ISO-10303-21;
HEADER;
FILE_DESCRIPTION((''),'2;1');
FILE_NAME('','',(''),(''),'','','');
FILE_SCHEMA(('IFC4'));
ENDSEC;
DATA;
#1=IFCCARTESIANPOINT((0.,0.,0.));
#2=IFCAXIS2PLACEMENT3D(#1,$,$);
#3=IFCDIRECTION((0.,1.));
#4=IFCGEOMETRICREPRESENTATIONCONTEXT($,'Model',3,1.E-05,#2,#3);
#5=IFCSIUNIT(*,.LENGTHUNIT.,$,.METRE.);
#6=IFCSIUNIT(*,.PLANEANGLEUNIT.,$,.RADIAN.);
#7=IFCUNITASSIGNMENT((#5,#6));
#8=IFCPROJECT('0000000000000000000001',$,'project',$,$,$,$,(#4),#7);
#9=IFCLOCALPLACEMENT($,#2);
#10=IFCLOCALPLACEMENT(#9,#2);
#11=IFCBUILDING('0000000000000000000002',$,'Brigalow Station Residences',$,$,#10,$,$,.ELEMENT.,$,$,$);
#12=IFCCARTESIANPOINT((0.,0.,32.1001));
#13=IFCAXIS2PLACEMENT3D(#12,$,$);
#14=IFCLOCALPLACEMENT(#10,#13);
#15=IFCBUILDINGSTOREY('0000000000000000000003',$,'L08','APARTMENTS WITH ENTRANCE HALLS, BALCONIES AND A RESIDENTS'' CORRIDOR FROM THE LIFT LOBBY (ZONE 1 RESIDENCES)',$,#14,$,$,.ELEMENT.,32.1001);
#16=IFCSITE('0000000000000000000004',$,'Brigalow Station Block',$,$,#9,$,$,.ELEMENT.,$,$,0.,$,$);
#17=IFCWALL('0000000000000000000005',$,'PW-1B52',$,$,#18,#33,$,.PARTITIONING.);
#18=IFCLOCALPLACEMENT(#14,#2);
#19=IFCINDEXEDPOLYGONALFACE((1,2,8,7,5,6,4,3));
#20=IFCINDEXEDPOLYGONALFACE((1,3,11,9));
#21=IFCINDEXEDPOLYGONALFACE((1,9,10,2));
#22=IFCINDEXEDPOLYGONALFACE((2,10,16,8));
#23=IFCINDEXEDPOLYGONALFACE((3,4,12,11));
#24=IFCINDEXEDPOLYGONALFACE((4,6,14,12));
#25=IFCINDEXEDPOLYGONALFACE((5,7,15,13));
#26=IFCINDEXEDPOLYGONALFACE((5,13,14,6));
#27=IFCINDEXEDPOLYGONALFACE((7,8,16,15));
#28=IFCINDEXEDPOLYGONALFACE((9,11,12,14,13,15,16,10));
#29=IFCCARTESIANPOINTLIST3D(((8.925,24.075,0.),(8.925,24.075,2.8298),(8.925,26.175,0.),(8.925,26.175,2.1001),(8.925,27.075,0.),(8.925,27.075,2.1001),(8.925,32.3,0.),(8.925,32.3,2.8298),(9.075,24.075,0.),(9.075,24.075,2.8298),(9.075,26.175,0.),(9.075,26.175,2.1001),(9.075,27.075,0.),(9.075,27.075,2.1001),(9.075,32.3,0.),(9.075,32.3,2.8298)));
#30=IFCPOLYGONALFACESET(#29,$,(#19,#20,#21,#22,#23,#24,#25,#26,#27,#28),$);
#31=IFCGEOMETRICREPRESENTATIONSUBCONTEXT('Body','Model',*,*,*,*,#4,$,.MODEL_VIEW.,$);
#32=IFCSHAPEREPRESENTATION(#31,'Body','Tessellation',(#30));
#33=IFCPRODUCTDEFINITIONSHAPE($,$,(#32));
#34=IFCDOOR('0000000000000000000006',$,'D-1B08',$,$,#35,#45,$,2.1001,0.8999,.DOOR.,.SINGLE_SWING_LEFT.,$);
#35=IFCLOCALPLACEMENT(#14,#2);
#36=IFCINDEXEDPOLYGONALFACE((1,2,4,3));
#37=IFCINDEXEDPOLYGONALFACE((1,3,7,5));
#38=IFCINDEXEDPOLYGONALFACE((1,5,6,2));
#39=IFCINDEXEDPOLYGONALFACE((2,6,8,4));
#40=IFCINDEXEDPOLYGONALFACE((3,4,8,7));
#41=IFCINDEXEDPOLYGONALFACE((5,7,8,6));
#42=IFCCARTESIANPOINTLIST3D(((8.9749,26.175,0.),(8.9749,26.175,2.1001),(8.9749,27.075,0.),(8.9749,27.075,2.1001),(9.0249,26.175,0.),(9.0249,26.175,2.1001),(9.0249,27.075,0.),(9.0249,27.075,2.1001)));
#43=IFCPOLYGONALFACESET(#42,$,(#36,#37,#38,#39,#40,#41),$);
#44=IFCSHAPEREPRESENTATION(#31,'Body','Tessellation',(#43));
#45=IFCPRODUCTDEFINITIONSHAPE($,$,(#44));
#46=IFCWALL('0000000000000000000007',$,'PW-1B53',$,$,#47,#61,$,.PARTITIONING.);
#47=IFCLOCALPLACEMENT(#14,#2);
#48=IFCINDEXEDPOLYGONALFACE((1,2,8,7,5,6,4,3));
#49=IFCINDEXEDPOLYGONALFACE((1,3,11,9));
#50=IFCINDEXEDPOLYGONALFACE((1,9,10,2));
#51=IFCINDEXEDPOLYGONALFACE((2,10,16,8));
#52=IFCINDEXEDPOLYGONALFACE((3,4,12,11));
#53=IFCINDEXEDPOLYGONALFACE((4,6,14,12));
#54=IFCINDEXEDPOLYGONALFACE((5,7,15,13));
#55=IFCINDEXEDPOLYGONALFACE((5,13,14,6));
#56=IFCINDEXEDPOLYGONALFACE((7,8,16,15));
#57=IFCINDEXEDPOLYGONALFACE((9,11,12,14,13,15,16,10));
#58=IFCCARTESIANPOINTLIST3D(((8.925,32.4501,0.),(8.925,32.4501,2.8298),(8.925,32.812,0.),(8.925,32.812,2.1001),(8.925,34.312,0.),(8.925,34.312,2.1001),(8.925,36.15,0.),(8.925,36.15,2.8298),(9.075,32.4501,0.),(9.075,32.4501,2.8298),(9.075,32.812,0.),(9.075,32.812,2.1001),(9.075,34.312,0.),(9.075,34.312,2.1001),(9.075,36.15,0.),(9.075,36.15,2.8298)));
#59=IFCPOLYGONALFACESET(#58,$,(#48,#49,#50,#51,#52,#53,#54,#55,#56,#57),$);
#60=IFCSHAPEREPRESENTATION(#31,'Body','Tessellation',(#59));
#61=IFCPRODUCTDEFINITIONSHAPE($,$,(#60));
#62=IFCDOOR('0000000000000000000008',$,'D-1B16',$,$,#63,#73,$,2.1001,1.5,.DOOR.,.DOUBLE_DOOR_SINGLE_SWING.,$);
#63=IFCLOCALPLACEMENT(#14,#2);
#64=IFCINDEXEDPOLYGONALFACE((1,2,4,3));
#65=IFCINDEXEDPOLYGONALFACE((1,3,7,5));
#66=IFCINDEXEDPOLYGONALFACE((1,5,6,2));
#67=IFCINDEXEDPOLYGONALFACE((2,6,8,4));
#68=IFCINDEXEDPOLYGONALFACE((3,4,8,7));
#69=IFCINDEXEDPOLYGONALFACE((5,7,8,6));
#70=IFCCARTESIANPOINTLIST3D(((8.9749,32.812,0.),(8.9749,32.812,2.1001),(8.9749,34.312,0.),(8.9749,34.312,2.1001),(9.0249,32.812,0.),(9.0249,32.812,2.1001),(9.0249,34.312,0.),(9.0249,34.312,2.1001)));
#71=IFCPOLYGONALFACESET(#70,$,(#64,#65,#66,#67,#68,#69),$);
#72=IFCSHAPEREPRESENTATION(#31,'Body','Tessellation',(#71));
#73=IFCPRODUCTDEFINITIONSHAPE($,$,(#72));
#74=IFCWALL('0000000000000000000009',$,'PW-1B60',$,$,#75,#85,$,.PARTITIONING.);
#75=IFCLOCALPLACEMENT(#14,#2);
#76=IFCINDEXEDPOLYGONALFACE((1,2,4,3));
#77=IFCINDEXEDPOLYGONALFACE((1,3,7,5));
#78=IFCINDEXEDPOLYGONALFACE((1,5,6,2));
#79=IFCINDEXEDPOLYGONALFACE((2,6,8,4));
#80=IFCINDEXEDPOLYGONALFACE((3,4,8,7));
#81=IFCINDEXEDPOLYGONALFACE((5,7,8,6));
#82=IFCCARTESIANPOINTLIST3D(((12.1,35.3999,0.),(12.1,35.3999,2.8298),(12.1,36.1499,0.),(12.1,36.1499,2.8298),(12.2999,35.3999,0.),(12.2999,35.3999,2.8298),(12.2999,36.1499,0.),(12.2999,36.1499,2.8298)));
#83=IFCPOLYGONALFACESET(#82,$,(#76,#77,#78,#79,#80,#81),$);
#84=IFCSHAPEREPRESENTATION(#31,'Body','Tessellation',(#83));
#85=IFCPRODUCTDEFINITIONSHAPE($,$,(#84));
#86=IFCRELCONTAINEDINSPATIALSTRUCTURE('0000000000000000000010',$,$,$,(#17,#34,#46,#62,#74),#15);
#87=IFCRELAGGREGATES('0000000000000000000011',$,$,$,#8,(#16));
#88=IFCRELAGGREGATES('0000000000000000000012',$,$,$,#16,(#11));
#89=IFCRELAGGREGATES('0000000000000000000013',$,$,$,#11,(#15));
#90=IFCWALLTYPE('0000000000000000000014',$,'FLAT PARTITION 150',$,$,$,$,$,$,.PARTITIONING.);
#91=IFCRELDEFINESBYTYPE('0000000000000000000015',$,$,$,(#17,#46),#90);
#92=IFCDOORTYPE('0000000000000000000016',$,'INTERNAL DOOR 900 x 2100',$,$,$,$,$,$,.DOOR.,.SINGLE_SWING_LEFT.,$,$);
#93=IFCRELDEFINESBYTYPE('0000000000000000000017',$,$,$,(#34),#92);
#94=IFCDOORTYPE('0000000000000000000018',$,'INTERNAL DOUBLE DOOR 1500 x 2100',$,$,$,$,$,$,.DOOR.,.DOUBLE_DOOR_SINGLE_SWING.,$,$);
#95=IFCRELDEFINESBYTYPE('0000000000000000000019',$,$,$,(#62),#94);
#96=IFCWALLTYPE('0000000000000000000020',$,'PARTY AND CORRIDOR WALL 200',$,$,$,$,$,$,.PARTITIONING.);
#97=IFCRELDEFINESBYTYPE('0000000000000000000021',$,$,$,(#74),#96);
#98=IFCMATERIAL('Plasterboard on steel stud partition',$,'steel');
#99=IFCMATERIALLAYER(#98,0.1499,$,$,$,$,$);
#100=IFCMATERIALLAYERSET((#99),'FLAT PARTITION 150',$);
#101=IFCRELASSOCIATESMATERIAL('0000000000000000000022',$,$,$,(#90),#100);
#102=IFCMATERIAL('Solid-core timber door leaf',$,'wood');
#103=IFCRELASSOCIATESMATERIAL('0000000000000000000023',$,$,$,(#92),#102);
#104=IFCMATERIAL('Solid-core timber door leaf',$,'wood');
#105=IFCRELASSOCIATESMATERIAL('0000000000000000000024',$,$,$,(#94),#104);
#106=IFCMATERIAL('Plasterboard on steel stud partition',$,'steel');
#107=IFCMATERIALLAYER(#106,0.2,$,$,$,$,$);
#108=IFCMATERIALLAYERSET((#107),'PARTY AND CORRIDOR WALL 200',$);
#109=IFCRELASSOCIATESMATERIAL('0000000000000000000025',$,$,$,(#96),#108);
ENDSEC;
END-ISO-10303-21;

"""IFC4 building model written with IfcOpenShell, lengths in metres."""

from ifc_helpers import new_model, si_unit, direction, frame, frame_2d, origin, place, context, subcontext, project, spatial, rectangle, extrude, material, layer, layer_set, type_object, element, fill, save


model = new_model("IFC4")

# Units and contexts
model_context = context("Model", 3, precision=1e-05, world=origin(), true_north=direction((0.0, 1.0)))
body_context = subcontext(model_context, "Body", "Model", "MODEL_VIEW")
ifc_project = project(units=[si_unit("LENGTHUNIT", "METRE"), si_unit("PLANEANGLEUNIT", "RADIAN")], contexts=[model_context])

# Site, building, storey
site_placement = place(None, origin())
site = spatial("IfcSite", under=ifc_project, at=site_placement, Name="Brigalow Station Block", CompositionType="ELEMENT", RefElevation=0.0)
building_placement = place(site_placement, origin())
building = spatial("IfcBuilding", under=site, at=building_placement, Name="Brigalow Station Residences", CompositionType="ELEMENT")
storey_placement = place(building_placement, frame((0.0, 0.0, 32.1001)))
storey = spatial("IfcBuildingStorey", under=building, at=storey_placement, Name="L08", Description="APARTMENTS WITH ENTRANCE HALLS, BALCONIES AND A RESIDENTS' CORRIDOR FROM THE LIFT LOBBY (ZONE 1 RESIDENCES)", CompositionType="ELEMENT", Elevation=32.1001)

# Walls, openings, doors
ifc_material_1 = material(Name="Plasterboard on steel stud partition", Category="steel")
ifc_layer_1 = layer(ifc_material_1, 0.1499)
ifc_layer_set_1 = layer_set([ifc_layer_1], Name="FLAT PARTITION 150")
wall_type_1 = type_object("IfcWallType", Name="FLAT PARTITION 150", PredefinedType="PARTITIONING", material=ifc_layer_set_1)
ifc_material_2 = material(Name="Solid-core timber door leaf", Category="wood")
door_type_1 = type_object("IfcDoorType", Name="INTERNAL DOOR 900 x 2100", OperationType="SINGLE_SWING_LEFT", PredefinedType="DOOR", material=ifc_material_2)
wall_1_placement = place(storey_placement, frame((9.0, 24.075, 0.0), z_axis=(0.0, 0.0, 1.0), x_axis=(0.0, 1.0, 0.0)))
wall_1 = element("IfcWall", 1, at=wall_1_placement, inside=storey, type_object=wall_type_1, Name="PW-1B52", PredefinedType="PARTITIONING", context=body_context, shape_type="SweptSolid", body=[
    extrude(rectangle(XDim=8.2251, YDim=0.1499, at=frame_2d((4.1125, 0.0))), origin(), (0.0, 0.0, 1.0), 2.8298),
])
opening_1_placement = place(wall_1_placement, frame((2.1001, 0.0, 0.0)))
opening_1 = element("IfcOpeningElement", 2, at=opening_1_placement, cuts=wall_1, PredefinedType="OPENING", context=body_context, shape_type="SweptSolid", body=[
    extrude(rectangle(XDim=0.8999, YDim=2.1001, at=frame_2d((0.45, 1.05))), frame((0.0, 0.085, 0.0), z_axis=(0.0, -1.0, 0.0), x_axis=(1.0, 0.0, 0.0)), (0.0, 0.0, 1.0), 0.1699),
])
door_1_placement = place(opening_1_placement, frame((0.8999, 0.0, 0.0), z_axis=(0.0, 0.0, 1.0), x_axis=(-1.0, 0.0, 0.0)))
door_1 = element("IfcDoor", 3, at=door_1_placement, inside=storey, type_object=door_type_1, Name="D-1B08", OperationType="SINGLE_SWING_LEFT", OverallHeight=2.1001, OverallWidth=0.8999, PredefinedType="DOOR", context=body_context, shape_type="SweptSolid", body=[
    extrude(rectangle(XDim=0.8999, YDim=2.1001, at=frame_2d((0.45, 1.05))), frame((0.0, 0.0249, 0.0), z_axis=(0.0, -1.0, 0.0), x_axis=(1.0, 0.0, 0.0)), (0.0, 0.0, 1.0), 0.05),
])
fill(opening_1, door_1)
wall_2_placement = place(storey_placement, frame((9.0, 32.45, 0.0), z_axis=(0.0, 0.0, 1.0), x_axis=(0.0, 1.0, 0.0)))
wall_2 = element("IfcWall", 4, at=wall_2_placement, inside=storey, type_object=wall_type_1, Name="PW-1B53", PredefinedType="PARTITIONING", context=body_context, shape_type="SweptSolid", body=[
    extrude(rectangle(XDim=3.7, YDim=0.1499, at=frame_2d((1.8501, 0.0))), origin(), (0.0, 0.0, 1.0), 2.8298),
])
opening_2_placement = place(wall_2_placement, frame((0.3621, 0.0, 0.0)))
opening_2 = element("IfcOpeningElement", 5, at=opening_2_placement, cuts=wall_2, PredefinedType="OPENING", context=body_context, shape_type="SweptSolid", body=[
    extrude(rectangle(XDim=1.5, YDim=2.1001, at=frame_2d((0.75, 1.05))), frame((0.0, 0.085, 0.0), z_axis=(0.0, -1.0, 0.0), x_axis=(1.0, 0.0, 0.0)), (0.0, 0.0, 1.0), 0.1699),
])
ifc_material_3 = material(Name="Solid-core timber door leaf", Category="wood")
door_type_2 = type_object("IfcDoorType", Name="INTERNAL DOUBLE DOOR 1500 x 2100", OperationType="DOUBLE_DOOR_SINGLE_SWING", PredefinedType="DOOR", material=ifc_material_3)
door_2_placement = place(opening_2_placement, frame((1.5, 0.0, 0.0), z_axis=(0.0, 0.0, 1.0), x_axis=(-1.0, 0.0, 0.0)))
door_2 = element("IfcDoor", 6, at=door_2_placement, inside=storey, type_object=door_type_2, Name="D-1B16", OperationType="DOUBLE_DOOR_SINGLE_SWING", OverallHeight=2.1001, OverallWidth=1.5, PredefinedType="DOOR", context=body_context, shape_type="SweptSolid", body=[
    extrude(rectangle(XDim=1.5, YDim=2.1001, at=frame_2d((0.75, 1.05))), frame((0.0, 0.0249, 0.0), z_axis=(0.0, -1.0, 0.0), x_axis=(1.0, 0.0, 0.0)), (0.0, 0.0, 1.0), 0.05),
])
fill(opening_2, door_2)

# Wall
ifc_material_4 = material(Name="Plasterboard on steel stud partition", Category="steel")
ifc_layer_2 = layer(ifc_material_4, 0.2)
ifc_layer_set_2 = layer_set([ifc_layer_2], Name="PARTY AND CORRIDOR WALL 200")
wall_type_2 = type_object("IfcWallType", Name="PARTY AND CORRIDOR WALL 200", PredefinedType="PARTITIONING", material=ifc_layer_set_2)
wall_3_placement = place(storey_placement, frame((12.2, 35.3999, 0.0), z_axis=(0.0, 0.0, 1.0), x_axis=(0.0, 1.0, 0.0)))
element("IfcWall", 7, at=wall_3_placement, inside=storey, type_object=wall_type_2, Name="PW-1B60", PredefinedType="PARTITIONING", context=body_context, shape_type="SweptSolid", body=[
    extrude(rectangle(XDim=0.75, YDim=0.2, at=frame_2d((0.375, 0.0))), origin(), (0.0, 0.0, 1.0), 2.8298),
])

save(model, "model.ifc")
